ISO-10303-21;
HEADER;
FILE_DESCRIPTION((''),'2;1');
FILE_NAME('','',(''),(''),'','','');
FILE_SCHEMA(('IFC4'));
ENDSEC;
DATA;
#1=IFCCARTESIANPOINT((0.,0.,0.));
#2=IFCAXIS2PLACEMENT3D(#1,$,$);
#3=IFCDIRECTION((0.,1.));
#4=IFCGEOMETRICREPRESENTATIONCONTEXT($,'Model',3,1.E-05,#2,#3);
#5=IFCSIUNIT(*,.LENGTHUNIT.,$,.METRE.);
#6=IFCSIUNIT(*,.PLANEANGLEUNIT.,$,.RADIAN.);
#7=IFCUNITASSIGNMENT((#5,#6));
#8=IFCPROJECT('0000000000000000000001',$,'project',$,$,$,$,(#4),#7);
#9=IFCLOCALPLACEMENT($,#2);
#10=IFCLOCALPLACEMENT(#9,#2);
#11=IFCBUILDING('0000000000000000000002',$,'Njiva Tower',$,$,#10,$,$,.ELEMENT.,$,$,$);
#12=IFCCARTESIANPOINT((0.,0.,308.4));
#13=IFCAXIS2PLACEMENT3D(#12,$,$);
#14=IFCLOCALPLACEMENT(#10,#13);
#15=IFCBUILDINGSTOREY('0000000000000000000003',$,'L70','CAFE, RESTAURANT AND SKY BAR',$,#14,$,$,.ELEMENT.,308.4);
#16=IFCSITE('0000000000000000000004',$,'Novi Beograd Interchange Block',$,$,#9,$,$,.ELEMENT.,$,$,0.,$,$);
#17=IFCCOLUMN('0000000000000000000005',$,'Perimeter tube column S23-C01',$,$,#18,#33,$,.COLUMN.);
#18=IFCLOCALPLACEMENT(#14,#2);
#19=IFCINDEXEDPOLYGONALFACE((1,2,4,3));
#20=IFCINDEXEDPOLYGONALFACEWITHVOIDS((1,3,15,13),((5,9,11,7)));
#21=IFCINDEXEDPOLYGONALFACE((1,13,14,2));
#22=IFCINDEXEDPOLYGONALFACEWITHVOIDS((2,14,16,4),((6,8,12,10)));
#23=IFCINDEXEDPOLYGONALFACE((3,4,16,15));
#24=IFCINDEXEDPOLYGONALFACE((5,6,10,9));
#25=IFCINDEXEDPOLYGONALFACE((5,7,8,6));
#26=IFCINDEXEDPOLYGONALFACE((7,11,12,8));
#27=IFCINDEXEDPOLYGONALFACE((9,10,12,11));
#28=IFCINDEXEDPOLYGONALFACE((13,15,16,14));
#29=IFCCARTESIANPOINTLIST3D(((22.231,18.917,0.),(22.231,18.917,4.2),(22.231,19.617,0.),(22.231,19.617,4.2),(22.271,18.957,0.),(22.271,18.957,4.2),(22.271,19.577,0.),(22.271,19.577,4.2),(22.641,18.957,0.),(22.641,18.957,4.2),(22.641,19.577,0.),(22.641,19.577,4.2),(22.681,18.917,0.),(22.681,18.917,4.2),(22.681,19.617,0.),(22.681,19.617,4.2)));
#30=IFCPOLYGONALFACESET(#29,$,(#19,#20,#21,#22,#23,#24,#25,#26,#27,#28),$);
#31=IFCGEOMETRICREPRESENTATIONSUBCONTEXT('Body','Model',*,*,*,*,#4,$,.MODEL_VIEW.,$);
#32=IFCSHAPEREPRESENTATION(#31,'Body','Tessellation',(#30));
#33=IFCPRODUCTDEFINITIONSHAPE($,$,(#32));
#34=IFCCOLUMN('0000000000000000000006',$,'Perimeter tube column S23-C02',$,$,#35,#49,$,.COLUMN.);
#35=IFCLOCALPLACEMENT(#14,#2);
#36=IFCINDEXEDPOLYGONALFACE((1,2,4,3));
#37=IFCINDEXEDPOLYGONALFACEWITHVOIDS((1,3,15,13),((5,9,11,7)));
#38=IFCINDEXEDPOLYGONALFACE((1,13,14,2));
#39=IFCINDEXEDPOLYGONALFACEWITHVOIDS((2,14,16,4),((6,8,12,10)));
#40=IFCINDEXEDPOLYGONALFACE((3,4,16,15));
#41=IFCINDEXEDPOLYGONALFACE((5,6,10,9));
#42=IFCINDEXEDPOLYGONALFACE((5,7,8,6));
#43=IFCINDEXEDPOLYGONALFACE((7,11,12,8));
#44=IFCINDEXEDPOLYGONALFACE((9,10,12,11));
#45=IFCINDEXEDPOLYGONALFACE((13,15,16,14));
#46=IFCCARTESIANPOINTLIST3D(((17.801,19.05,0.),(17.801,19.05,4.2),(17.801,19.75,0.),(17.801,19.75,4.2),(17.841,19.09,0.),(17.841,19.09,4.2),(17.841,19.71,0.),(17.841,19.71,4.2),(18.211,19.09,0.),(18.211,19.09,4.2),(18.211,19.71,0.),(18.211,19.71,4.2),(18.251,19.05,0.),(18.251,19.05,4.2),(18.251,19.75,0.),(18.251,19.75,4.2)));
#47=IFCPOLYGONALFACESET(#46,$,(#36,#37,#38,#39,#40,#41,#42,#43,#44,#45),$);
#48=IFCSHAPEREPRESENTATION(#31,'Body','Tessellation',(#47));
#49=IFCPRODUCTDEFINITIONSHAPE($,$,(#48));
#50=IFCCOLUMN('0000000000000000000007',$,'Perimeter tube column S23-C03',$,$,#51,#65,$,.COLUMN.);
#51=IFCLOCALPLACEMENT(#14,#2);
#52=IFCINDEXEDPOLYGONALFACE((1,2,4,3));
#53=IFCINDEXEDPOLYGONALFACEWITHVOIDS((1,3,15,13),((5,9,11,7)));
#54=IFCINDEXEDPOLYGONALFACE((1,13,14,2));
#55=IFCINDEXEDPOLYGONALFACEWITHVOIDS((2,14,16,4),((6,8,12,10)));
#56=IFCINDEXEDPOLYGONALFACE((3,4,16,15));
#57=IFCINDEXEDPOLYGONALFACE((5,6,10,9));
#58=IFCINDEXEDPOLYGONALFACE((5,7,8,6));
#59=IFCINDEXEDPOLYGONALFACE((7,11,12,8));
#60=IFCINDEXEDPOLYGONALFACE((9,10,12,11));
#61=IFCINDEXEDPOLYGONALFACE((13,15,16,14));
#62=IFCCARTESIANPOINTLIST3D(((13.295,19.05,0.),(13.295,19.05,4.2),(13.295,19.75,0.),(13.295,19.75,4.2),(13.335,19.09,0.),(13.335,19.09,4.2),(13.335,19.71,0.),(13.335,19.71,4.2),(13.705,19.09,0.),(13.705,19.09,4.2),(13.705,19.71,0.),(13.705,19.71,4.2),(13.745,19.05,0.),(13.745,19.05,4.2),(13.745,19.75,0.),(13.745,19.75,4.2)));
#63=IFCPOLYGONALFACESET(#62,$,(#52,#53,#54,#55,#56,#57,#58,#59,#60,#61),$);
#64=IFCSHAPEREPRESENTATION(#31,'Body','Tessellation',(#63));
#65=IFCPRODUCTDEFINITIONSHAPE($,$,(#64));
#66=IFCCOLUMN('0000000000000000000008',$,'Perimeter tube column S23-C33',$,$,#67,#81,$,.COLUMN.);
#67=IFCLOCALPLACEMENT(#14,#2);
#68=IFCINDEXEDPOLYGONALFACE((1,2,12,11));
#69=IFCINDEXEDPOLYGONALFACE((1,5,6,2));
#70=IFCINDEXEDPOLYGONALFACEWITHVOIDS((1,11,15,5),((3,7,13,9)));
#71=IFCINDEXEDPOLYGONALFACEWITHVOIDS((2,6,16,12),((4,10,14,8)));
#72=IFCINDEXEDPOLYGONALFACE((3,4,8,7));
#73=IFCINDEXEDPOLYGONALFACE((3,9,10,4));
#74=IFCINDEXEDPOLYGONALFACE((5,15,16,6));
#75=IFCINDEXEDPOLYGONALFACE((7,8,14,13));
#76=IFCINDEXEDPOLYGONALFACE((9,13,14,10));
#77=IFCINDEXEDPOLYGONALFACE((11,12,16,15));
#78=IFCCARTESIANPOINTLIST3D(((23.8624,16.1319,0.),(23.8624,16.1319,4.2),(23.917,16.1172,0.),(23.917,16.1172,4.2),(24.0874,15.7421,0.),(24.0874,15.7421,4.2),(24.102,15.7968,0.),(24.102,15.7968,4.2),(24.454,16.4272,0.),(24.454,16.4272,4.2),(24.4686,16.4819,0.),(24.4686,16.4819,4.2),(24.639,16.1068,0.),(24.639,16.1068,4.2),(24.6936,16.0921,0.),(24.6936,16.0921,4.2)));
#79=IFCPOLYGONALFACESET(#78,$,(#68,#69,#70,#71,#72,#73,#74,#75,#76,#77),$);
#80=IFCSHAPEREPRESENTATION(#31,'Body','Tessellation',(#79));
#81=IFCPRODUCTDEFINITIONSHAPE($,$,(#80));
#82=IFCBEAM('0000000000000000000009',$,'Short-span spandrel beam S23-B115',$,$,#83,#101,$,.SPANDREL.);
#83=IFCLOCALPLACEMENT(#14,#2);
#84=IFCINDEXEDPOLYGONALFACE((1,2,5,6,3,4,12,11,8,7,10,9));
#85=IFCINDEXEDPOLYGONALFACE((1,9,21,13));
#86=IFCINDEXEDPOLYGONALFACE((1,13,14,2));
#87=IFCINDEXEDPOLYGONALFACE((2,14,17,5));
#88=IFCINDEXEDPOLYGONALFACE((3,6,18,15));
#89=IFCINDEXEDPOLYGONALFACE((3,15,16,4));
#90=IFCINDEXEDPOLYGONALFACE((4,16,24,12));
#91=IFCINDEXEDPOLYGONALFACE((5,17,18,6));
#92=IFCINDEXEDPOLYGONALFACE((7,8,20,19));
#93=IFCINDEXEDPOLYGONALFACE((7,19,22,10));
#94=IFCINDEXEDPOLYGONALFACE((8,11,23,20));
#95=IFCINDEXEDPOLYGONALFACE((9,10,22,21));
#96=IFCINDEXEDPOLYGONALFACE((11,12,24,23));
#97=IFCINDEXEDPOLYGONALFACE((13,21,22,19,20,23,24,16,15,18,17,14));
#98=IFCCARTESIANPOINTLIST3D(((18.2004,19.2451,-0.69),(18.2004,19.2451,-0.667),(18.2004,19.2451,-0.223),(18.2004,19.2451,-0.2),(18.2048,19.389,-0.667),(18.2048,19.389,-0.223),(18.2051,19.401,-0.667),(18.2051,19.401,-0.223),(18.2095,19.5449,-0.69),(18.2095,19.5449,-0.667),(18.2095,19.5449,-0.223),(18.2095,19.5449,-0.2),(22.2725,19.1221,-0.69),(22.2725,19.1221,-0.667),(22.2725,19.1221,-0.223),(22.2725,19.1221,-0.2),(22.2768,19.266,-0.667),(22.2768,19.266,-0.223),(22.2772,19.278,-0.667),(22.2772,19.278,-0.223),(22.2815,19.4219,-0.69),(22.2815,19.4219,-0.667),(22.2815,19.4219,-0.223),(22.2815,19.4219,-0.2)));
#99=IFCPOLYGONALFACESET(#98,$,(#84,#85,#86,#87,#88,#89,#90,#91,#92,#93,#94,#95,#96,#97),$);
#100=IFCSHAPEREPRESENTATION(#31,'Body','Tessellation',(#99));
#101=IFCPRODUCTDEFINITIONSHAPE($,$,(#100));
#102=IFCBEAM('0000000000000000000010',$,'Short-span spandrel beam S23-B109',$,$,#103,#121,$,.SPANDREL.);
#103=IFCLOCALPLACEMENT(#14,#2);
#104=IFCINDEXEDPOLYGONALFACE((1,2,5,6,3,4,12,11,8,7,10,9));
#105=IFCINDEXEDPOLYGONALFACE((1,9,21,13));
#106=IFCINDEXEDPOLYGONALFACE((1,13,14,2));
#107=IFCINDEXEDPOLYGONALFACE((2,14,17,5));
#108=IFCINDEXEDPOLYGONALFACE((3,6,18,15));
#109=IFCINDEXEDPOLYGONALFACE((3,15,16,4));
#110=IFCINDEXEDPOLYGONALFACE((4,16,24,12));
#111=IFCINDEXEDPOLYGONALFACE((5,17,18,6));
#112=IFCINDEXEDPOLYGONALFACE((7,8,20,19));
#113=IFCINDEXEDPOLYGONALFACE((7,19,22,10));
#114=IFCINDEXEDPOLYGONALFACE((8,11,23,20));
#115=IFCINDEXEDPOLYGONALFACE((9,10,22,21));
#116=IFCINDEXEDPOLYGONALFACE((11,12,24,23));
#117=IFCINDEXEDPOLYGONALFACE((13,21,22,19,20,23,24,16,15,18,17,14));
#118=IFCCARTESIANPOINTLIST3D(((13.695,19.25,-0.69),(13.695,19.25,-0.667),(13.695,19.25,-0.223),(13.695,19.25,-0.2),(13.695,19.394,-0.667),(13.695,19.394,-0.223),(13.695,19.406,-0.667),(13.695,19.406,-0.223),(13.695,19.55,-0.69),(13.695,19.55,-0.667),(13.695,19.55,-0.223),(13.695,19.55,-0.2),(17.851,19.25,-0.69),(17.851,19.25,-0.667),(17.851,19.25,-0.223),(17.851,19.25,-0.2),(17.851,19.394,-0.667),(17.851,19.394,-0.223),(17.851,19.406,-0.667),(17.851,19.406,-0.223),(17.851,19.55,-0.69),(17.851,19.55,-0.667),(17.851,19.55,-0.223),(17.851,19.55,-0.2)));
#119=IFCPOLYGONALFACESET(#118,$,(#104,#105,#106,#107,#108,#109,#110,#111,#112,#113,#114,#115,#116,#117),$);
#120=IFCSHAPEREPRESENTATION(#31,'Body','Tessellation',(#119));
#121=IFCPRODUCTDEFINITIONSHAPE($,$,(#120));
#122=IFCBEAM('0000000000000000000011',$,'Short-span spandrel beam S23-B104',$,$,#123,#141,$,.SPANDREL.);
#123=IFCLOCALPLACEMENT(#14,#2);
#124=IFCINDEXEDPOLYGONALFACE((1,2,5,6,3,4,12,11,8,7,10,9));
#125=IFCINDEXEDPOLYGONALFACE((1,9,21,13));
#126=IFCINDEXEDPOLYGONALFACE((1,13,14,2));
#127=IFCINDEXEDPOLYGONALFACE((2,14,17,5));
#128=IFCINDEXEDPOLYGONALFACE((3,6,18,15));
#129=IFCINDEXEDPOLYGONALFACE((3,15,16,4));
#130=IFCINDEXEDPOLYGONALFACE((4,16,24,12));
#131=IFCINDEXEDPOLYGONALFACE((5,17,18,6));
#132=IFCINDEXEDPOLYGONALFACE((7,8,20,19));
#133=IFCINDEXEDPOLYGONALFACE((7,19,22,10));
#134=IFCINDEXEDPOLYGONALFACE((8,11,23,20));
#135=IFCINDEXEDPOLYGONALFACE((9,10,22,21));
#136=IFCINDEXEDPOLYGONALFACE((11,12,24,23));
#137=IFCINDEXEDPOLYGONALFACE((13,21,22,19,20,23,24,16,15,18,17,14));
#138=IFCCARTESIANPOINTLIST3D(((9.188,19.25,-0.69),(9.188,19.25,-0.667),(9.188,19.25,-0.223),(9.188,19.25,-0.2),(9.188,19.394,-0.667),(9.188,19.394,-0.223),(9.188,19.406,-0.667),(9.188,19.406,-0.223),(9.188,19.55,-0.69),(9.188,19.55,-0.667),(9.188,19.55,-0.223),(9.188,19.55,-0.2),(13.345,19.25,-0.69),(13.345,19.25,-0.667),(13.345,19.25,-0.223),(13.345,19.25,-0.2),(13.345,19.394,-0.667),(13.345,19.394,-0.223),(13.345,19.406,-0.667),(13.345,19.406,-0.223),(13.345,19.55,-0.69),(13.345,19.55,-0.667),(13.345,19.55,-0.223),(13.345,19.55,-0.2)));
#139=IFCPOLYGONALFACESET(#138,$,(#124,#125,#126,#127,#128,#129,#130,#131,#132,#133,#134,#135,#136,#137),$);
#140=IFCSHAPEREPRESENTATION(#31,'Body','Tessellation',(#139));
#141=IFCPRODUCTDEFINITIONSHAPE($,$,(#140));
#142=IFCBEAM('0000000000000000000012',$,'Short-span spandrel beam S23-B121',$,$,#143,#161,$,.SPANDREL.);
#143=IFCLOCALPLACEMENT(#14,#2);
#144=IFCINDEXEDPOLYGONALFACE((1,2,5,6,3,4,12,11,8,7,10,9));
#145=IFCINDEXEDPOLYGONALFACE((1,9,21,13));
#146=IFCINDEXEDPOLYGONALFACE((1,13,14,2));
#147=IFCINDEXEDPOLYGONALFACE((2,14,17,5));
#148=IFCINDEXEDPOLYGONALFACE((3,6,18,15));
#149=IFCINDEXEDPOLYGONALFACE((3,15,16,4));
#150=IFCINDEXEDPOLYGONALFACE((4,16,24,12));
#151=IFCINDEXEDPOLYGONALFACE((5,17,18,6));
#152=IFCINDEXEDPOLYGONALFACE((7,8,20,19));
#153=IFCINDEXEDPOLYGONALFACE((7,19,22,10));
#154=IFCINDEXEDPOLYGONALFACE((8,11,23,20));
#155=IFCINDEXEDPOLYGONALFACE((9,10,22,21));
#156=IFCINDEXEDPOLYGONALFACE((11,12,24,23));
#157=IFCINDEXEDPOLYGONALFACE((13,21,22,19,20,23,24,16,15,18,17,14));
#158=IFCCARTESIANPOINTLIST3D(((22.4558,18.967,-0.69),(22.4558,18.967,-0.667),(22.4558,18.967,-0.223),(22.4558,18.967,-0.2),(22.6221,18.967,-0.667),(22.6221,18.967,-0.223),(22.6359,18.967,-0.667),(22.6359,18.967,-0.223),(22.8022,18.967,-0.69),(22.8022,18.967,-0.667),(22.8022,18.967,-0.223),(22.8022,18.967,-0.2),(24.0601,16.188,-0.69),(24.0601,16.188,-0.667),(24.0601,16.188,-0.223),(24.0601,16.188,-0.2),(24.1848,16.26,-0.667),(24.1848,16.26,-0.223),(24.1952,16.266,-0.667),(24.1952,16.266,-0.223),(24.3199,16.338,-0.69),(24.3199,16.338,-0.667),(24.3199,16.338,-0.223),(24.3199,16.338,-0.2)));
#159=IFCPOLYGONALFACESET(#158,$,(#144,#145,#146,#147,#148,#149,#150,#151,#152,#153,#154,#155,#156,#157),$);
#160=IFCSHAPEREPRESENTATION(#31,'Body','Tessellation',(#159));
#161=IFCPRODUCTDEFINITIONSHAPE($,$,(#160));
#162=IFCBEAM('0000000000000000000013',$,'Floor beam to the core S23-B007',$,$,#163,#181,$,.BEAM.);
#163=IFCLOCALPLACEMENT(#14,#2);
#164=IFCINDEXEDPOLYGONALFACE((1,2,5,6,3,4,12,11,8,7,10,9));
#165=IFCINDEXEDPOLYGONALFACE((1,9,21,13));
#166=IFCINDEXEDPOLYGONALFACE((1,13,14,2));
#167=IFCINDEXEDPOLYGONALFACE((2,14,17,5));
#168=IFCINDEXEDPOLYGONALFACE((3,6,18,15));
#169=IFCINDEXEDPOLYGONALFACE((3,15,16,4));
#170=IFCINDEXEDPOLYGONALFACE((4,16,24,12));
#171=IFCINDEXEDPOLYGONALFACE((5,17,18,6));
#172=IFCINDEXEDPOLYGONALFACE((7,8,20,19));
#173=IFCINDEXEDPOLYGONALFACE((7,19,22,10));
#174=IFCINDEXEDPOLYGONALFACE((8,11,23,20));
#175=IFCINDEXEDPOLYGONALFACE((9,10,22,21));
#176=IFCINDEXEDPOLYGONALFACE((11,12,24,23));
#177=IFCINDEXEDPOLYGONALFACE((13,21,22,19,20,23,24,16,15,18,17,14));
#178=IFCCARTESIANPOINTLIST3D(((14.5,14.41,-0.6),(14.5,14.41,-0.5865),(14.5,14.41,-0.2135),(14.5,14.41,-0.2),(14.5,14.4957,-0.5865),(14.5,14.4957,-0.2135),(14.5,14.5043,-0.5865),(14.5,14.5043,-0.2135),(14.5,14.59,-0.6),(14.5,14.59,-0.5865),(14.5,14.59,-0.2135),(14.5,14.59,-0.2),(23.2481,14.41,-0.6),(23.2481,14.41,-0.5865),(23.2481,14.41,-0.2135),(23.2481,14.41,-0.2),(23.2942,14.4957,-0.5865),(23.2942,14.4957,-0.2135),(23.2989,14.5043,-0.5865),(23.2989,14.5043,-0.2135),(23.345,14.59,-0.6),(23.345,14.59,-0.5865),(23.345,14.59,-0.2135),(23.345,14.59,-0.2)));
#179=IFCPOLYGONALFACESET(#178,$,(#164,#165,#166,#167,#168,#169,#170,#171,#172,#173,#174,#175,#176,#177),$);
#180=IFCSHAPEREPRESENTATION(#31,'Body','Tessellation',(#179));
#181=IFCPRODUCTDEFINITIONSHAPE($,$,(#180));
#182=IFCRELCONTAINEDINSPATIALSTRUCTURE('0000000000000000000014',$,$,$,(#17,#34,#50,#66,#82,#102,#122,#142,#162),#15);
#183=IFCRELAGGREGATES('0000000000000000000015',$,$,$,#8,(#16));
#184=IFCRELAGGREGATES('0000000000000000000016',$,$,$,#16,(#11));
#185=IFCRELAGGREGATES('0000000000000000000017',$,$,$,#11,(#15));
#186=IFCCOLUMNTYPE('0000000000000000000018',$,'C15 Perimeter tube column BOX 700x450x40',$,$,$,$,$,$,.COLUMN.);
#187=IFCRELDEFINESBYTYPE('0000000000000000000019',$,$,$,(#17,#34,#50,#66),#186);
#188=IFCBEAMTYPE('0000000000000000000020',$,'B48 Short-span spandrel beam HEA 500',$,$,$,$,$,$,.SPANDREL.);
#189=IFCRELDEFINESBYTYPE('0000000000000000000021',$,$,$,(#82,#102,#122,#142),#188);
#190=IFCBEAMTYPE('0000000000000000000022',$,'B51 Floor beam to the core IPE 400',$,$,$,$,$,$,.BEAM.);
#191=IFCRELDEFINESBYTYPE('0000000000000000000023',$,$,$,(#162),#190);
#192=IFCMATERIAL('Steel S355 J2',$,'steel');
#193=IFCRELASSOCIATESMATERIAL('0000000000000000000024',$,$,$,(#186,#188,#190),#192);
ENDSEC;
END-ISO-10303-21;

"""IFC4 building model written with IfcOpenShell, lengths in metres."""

from ifc_helpers import new_model, si_unit, direction, frame, origin, origin_2d, place, context, subcontext, project, spatial, hollow_rectangle, i_section, extrude, clip, halfspace, material, material_profile, profile_set, type_object, element, save


model = new_model("IFC4")

# Units and contexts
model_context = context("Model", 3, precision=1e-05, world=origin(), true_north=direction((0.0, 1.0)))
body_context = subcontext(model_context, "Body", "Model", "MODEL_VIEW")
ifc_project = project(units=[si_unit("LENGTHUNIT", "METRE"), si_unit("PLANEANGLEUNIT", "RADIAN")], contexts=[model_context])

# Site, building, storey
site_placement = place(None, origin())
site = spatial("IfcSite", under=ifc_project, at=site_placement, Name="Novi Beograd Interchange Block", CompositionType="ELEMENT", RefElevation=0.0)
building_placement = place(site_placement, origin())
building = spatial("IfcBuilding", under=site, at=building_placement, Name="Njiva Tower", CompositionType="ELEMENT")
storey_placement = place(building_placement, frame((0.0, 0.0, 308.4)))
storey = spatial("IfcBuildingStorey", under=building, at=storey_placement, Name="L70", Description="CAFE, RESTAURANT AND SKY BAR", CompositionType="ELEMENT", Elevation=308.4)

# Columns
ifc_material_1 = material(Name="Steel S355 J2", Category="steel")
ifc_material_profile_1 = material_profile(ifc_material_1, hollow_rectangle(XDim=0.45, YDim=0.7, WallThickness=0.04, at=origin_2d()), Name="BOX 700x450x40")
ifc_profile_set_1 = profile_set([ifc_material_profile_1], Name="Steel S355 J2")
column_type = type_object("IfcColumnType", Name="C15 Perimeter tube column BOX 700x450x40", PredefinedType="COLUMN", material=ifc_profile_set_1)
for number, where, z_axis, x_axis, name in (
    (1, (22.456, 19.267, 0.0), (0.0, 0.0, 1.0), (-1.0, 0.0, 0.0), "Perimeter tube column S23-C01"),
    (2, (18.026, 19.4, 0.0), (0.0, 0.0, 1.0), (-1.0, 0.0, 0.0), "Perimeter tube column S23-C02"),
    (3, (13.52, 19.4, 0.0), (0.0, 0.0, 1.0), (-1.0, 0.0, 0.0), "Perimeter tube column S23-C03"),
    (4, (24.278, 16.112, 0.0), (0.0, 0.0, 1.0), (-0.5, 0.866025, 0.0), "Perimeter tube column S23-C33"),
):
    element("IfcColumn", number, at=place(storey_placement, frame(where, z_axis=z_axis, x_axis=x_axis)), inside=storey, type_object=column_type, Name=name, PredefinedType="COLUMN", context=body_context, shape_type="SweptSolid", body=[
        extrude(hollow_rectangle(XDim=0.45, YDim=0.7, WallThickness=0.04, at=origin_2d()), origin(), (0.0, 0.0, 1.0), 4.2),
    ])

# Beams
ifc_material_profile_2 = material_profile(ifc_material_1, i_section(OverallWidth=0.3, OverallDepth=0.49, WebThickness=0.012, FlangeThickness=0.023, at=origin_2d()), Name="HEA 500")
ifc_profile_set_2 = profile_set([ifc_material_profile_2], Name="Steel S355 J2")
beam_type_1 = type_object("IfcBeamType", Name="B48 Short-span spandrel beam HEA 500", PredefinedType="SPANDREL", material=ifc_profile_set_2)
beam_1_placement = place(storey_placement, frame((22.277, 19.272, -0.445), z_axis=(-0.999544, 0.030193, 0.0), x_axis=(-0.030193, -0.999544, 0.0)))
element("IfcBeam", 5, at=beam_1_placement, inside=storey, type_object=beam_type_1, Name="Short-span spandrel beam S23-B115", PredefinedType="SPANDREL", context=body_context, shape_type="SweptSolid", body=[
    extrude(i_section(OverallWidth=0.3, OverallDepth=0.49, WebThickness=0.012, FlangeThickness=0.023, at=origin_2d()), origin(), (0.0, 0.0, 1.0), 4.0739),
])
beam_2_placement = place(storey_placement, frame((17.851, 19.4, -0.445), z_axis=(-1.0, 0.0, 0.0), x_axis=(0.0, -1.0, 0.0)))
element("IfcBeam", 6, at=beam_2_placement, inside=storey, type_object=beam_type_1, Name="Short-span spandrel beam S23-B109", PredefinedType="SPANDREL", context=body_context, shape_type="SweptSolid", body=[
    extrude(i_section(OverallWidth=0.3, OverallDepth=0.49, WebThickness=0.012, FlangeThickness=0.023, at=origin_2d()), origin(), (0.0, 0.0, 1.0), 4.156),
])
beam_3_placement = place(storey_placement, frame((13.345, 19.4, -0.445), z_axis=(-1.0, 0.0, 0.0), x_axis=(0.0, -1.0, 0.0)))
element("IfcBeam", 7, at=beam_3_placement, inside=storey, type_object=beam_type_1, Name="Short-span spandrel beam S23-B104", PredefinedType="SPANDREL", context=body_context, shape_type="SweptSolid", body=[
    extrude(i_section(OverallWidth=0.3, OverallDepth=0.49, WebThickness=0.012, FlangeThickness=0.023, at=origin_2d()), origin(), (0.0, 0.0, 1.0), 4.157),
])
beam_4_placement = place(storey_placement, frame((24.19, 16.263, -0.445), z_axis=(-0.499963, 0.866047, 0.0), x_axis=(-0.866047, -0.499963, 0.0)))
element("IfcBeam", 8, at=beam_4_placement, inside=storey, type_object=beam_type_1, Name="Short-span spandrel beam S23-B121", PredefinedType="SPANDREL", context=body_context, shape_type="Clipping", body=[
    clip(extrude(i_section(OverallWidth=0.3, OverallDepth=0.49, WebThickness=0.012, FlangeThickness=0.023, at=origin_2d()), origin(), (0.0, 0.0, 1.0), 3.2292), halfspace(frame((-0.0254, 0.0, 3.1076), z_axis=(-0.499963, 0.0, 0.866047), x_axis=(0.0, 1.0, 0.0)), False)),
])
ifc_material_profile_3 = material_profile(ifc_material_1, i_section(OverallWidth=0.18, OverallDepth=0.4, WebThickness=0.0086, FlangeThickness=0.0135, at=origin_2d()), Name="IPE 400")
ifc_profile_set_3 = profile_set([ifc_material_profile_3], Name="Steel S355 J2")
beam_type_2 = type_object("IfcBeamType", Name="B51 Floor beam to the core IPE 400", PredefinedType="BEAM", material=ifc_profile_set_3)
beam_5_placement = place(storey_placement, frame((14.5, 14.5, -0.4), z_axis=(1.0, 0.0, 0.0), x_axis=(0.0, 1.0, 0.0)))
element("IfcBeam", 9, at=beam_5_placement, inside=storey, type_object=beam_type_2, Name="Floor beam to the core S23-B007", PredefinedType="BEAM", context=body_context, shape_type="Clipping", body=[
    clip(extrude(i_section(OverallWidth=0.18, OverallDepth=0.4, WebThickness=0.0086, FlangeThickness=0.0135, at=origin_2d()), origin(), (0.0, 0.0, 1.0), 8.865), halfspace(frame((-0.0237, 0.0, 8.7838), z_axis=(-0.473762, 0.0, 0.880653), x_axis=(0.0, 1.0, 0.0)), False)),
])

save(model, "model.ifc")
